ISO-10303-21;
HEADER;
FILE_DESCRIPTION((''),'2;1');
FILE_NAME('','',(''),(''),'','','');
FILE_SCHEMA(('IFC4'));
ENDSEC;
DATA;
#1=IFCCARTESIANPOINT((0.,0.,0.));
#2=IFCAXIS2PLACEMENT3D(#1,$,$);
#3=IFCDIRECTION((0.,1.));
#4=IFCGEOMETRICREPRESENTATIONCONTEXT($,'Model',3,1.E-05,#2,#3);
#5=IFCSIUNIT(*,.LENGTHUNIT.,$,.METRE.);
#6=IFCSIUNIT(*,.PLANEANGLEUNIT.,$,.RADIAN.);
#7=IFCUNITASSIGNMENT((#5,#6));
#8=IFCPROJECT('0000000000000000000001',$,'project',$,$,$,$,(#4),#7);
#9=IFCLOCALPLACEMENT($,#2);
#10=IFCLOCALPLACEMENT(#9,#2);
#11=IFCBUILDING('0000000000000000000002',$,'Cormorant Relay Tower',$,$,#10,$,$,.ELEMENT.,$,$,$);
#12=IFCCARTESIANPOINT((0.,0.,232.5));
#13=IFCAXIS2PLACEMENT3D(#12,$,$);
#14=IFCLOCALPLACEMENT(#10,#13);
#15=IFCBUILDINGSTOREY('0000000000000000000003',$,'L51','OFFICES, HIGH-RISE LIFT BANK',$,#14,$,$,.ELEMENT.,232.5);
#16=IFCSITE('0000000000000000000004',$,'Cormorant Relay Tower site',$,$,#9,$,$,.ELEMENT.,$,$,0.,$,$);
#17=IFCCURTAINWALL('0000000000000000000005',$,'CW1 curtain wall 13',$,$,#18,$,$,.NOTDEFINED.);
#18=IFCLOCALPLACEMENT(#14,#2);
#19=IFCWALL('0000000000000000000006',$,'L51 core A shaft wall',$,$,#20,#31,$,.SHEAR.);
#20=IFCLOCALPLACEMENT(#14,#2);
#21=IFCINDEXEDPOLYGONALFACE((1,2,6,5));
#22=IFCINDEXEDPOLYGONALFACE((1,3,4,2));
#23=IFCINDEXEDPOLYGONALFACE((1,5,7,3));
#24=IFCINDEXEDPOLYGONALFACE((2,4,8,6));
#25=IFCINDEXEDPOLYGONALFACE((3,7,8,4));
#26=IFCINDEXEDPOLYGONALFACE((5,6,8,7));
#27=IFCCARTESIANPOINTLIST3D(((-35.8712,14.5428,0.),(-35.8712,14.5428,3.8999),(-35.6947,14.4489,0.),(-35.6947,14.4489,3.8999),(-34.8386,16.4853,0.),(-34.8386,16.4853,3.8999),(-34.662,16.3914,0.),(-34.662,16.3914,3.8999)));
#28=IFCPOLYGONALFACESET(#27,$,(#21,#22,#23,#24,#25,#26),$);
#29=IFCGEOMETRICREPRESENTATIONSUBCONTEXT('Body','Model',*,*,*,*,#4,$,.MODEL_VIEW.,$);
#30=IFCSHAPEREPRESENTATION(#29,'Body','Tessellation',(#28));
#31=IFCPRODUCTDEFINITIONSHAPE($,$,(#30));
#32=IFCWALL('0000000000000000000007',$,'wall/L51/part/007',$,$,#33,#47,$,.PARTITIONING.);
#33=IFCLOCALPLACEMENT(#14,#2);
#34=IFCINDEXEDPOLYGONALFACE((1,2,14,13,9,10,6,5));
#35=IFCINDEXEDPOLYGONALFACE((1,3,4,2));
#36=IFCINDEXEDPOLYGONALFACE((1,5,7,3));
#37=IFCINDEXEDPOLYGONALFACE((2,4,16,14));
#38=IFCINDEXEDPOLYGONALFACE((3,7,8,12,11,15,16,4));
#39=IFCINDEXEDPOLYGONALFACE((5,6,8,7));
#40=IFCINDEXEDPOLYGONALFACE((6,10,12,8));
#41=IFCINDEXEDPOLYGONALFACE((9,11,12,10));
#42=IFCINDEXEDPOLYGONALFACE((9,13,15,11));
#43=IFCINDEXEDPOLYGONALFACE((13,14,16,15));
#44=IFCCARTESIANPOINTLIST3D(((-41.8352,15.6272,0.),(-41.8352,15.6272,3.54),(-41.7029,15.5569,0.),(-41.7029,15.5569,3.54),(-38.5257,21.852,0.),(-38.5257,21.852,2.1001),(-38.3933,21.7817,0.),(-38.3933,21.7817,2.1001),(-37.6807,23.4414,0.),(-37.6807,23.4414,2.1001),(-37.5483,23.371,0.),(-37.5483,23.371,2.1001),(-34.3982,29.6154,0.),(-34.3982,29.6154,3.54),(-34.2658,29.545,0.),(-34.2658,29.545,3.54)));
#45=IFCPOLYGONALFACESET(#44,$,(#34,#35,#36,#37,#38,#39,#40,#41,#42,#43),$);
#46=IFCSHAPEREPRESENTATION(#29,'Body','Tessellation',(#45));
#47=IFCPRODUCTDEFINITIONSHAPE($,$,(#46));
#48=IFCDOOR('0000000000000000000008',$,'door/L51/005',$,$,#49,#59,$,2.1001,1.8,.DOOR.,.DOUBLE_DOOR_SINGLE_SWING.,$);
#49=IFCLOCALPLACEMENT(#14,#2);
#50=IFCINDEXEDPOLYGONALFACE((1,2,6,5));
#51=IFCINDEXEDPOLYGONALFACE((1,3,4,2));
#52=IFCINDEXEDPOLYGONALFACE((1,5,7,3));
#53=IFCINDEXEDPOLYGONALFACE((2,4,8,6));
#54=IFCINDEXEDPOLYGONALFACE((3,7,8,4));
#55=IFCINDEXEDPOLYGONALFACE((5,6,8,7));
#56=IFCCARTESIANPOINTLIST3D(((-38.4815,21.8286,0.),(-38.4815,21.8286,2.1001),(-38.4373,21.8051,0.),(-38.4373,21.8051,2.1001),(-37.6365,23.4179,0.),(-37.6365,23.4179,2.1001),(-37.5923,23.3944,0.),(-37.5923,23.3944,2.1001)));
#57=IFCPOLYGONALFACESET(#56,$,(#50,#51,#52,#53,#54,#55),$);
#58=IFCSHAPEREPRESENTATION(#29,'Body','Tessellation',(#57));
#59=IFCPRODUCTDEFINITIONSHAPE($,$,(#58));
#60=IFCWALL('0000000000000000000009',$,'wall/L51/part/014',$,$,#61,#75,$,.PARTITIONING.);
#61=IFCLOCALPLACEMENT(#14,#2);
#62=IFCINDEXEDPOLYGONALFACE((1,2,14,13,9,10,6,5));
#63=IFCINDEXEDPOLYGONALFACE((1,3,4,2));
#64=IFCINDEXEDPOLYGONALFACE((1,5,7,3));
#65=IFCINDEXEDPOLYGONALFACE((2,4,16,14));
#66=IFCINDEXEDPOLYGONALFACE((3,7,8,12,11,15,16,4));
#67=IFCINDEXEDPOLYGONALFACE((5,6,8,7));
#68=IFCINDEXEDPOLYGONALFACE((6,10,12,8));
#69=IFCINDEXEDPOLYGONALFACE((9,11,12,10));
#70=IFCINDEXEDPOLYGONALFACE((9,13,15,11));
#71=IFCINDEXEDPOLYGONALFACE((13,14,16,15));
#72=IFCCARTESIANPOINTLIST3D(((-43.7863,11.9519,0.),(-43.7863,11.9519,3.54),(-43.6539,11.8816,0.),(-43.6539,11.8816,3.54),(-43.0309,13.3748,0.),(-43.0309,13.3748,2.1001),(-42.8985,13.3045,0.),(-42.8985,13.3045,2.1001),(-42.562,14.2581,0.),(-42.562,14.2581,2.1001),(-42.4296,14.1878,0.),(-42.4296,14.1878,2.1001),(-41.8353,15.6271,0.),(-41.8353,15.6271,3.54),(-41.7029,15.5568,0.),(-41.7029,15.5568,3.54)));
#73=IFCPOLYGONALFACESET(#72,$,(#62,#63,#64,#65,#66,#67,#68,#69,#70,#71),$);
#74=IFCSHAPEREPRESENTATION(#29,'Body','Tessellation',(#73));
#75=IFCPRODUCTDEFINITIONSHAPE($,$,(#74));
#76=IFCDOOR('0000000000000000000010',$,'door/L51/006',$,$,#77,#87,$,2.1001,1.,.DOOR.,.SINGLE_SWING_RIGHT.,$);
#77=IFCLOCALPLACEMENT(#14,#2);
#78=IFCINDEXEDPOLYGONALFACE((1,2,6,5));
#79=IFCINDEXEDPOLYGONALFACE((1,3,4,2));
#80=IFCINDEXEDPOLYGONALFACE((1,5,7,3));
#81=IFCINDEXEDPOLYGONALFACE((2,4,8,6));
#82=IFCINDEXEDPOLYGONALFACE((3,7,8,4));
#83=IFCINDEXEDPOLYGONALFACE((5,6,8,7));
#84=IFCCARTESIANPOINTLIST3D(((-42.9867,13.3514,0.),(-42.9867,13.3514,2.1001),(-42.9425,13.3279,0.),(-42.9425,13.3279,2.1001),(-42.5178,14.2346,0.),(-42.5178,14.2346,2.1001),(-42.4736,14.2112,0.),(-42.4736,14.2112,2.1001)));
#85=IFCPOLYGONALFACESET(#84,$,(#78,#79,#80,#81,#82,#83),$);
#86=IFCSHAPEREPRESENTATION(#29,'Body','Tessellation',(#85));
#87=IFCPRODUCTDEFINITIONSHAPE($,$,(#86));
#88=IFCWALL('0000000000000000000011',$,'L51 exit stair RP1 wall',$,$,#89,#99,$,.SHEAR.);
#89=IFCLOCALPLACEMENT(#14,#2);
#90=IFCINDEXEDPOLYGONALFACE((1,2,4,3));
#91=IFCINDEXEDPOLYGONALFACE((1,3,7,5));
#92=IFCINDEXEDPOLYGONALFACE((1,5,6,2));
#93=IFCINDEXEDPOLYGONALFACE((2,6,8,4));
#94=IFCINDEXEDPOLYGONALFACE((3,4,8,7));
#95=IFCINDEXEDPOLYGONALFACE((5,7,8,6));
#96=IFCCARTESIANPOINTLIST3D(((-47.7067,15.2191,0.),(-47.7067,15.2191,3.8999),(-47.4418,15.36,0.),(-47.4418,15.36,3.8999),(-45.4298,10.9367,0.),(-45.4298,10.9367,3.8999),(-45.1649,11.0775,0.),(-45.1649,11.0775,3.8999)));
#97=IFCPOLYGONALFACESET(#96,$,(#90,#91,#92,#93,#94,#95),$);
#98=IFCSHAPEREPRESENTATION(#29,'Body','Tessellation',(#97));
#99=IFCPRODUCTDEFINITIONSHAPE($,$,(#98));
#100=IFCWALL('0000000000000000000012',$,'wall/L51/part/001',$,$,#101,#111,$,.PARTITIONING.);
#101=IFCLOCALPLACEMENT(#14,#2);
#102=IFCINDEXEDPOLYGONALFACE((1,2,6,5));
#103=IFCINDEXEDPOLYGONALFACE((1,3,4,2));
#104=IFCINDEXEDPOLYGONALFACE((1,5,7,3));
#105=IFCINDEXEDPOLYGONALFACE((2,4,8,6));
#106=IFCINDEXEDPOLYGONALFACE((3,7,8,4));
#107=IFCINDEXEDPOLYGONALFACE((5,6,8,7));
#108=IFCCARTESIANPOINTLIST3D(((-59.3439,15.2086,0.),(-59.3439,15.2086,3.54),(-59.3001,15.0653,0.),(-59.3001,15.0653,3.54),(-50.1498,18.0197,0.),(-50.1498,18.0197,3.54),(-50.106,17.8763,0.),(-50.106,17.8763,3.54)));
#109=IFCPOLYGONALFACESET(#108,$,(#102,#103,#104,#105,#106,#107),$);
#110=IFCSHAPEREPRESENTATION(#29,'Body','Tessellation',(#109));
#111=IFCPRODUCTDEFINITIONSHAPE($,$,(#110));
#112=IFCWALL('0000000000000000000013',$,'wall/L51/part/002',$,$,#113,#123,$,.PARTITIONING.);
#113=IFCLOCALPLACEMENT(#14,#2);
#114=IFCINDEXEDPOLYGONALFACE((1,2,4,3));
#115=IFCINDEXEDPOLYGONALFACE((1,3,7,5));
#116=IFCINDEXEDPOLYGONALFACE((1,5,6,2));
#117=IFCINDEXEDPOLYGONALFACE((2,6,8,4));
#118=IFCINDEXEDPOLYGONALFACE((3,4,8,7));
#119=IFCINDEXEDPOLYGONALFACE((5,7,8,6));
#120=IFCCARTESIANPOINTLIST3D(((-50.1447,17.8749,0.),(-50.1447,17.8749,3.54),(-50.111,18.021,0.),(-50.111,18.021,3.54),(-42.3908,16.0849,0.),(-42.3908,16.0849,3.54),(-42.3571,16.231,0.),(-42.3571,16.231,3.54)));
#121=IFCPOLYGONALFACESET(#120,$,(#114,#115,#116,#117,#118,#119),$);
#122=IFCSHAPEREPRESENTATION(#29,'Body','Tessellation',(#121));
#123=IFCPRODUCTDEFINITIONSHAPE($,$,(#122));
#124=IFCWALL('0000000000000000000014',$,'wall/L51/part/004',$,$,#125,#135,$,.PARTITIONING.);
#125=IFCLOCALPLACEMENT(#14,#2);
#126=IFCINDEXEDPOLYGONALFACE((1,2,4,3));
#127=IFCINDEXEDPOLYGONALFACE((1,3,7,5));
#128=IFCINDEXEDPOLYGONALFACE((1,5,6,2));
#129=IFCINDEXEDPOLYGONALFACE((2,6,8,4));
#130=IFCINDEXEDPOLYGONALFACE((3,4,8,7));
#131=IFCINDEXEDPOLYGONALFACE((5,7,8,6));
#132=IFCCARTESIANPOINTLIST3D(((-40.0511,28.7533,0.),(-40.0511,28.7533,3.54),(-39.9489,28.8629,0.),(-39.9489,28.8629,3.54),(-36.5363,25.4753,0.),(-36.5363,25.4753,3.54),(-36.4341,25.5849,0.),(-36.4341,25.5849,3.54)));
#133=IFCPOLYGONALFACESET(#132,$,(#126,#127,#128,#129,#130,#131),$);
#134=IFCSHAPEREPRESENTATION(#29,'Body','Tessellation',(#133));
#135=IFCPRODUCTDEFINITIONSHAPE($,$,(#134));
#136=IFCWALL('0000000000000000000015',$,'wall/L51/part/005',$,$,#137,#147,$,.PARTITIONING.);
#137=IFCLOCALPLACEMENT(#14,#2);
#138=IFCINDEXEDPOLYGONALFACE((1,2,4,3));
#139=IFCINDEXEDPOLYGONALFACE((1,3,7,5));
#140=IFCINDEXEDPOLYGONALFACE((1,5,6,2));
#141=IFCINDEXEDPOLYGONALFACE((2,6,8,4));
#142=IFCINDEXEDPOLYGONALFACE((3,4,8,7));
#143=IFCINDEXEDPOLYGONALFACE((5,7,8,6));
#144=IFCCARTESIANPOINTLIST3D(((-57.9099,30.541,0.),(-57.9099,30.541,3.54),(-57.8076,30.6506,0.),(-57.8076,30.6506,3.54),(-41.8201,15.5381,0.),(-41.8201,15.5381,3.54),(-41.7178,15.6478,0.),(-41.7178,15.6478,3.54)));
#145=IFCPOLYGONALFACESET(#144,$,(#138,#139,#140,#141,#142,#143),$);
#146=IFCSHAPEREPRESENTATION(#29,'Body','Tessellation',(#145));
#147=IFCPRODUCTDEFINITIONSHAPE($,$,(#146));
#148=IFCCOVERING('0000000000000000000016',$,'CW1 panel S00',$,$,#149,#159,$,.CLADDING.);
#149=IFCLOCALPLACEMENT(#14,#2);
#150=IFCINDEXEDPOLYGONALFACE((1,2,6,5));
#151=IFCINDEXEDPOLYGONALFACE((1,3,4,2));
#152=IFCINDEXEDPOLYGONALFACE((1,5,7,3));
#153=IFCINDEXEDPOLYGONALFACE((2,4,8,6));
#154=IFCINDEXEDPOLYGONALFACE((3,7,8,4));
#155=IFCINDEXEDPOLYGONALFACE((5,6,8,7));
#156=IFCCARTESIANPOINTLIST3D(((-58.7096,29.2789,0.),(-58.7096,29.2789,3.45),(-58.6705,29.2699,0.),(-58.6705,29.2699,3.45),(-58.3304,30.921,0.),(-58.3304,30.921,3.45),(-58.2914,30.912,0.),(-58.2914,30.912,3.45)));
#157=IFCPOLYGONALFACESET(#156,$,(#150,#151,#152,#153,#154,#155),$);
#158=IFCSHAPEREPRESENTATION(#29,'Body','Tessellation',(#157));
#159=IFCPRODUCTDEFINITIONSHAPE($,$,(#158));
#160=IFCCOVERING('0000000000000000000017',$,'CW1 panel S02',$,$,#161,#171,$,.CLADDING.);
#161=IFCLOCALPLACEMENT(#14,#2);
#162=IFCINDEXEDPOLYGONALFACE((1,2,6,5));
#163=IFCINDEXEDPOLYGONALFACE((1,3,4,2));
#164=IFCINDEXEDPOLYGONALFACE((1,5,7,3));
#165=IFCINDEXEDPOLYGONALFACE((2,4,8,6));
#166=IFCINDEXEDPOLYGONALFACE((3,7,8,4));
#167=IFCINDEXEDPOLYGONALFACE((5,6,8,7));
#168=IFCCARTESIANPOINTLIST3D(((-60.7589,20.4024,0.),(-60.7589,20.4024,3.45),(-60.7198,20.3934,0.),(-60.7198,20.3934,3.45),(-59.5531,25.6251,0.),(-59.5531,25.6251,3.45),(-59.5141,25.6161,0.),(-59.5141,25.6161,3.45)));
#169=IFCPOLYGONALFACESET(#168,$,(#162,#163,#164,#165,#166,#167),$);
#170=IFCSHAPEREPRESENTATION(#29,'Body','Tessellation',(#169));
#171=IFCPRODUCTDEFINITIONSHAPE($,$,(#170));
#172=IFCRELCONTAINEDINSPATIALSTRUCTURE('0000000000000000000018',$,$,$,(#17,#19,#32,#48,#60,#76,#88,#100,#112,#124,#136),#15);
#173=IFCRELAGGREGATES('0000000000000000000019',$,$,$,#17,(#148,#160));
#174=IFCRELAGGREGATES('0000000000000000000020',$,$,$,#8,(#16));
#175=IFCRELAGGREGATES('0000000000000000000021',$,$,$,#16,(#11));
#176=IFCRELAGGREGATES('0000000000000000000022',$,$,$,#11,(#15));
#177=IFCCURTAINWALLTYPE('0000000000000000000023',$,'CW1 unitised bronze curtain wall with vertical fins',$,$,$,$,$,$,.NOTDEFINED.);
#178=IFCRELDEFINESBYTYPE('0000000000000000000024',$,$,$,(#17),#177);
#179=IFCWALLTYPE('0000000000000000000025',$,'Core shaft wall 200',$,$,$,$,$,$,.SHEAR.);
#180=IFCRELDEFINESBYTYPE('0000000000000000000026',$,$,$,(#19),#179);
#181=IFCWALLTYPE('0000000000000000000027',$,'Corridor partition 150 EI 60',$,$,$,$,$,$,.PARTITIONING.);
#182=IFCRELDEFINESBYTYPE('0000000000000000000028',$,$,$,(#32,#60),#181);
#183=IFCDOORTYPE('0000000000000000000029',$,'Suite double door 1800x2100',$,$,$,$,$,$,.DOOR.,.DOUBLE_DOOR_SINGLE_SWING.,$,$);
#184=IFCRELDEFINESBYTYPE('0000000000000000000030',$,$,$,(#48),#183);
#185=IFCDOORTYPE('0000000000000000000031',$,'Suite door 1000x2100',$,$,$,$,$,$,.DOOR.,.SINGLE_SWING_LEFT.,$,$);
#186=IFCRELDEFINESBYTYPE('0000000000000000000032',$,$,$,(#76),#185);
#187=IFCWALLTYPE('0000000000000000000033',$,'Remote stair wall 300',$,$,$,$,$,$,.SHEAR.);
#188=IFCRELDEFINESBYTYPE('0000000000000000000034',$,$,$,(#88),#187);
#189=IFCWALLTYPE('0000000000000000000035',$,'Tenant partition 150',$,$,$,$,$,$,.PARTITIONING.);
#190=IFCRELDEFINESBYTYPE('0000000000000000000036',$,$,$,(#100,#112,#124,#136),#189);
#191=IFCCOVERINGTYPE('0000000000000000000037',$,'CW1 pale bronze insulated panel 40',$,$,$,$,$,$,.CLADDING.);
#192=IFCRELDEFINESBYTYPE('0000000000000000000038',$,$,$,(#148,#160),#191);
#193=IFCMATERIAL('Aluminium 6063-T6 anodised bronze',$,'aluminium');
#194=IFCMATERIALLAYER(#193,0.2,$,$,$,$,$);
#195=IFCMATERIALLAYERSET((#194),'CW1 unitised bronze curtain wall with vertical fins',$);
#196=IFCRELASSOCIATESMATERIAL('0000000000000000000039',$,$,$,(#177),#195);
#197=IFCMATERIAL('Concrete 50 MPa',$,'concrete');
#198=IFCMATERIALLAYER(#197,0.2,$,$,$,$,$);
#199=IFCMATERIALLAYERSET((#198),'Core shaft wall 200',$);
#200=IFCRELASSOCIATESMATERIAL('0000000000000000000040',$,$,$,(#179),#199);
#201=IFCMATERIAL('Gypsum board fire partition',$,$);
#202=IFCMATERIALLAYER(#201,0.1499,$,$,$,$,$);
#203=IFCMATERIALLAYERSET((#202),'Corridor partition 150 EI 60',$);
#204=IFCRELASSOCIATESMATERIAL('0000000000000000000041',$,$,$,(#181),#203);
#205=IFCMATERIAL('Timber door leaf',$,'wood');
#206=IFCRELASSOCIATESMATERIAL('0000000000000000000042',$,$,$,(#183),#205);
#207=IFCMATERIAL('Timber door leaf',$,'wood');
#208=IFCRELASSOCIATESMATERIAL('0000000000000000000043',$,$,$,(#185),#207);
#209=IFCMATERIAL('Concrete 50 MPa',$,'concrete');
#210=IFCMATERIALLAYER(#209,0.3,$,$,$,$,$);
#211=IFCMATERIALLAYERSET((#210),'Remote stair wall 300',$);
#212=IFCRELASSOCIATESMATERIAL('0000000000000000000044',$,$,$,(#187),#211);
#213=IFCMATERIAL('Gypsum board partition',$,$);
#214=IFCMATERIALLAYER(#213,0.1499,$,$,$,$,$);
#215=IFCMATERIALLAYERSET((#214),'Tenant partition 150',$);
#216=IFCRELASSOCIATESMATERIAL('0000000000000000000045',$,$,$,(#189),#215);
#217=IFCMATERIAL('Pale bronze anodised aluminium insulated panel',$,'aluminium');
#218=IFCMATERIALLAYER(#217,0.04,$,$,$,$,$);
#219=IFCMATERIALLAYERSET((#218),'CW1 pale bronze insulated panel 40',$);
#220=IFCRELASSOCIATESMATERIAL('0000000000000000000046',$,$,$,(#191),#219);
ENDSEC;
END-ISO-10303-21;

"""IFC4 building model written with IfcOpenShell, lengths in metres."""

from ifc_helpers import new_model, si_unit, direction, frame, frame_2d, origin, origin_2d, place, context, subcontext, project, spatial, rectangle, extrude, material, layer, layer_set, type_object, element, fill, aggregate, save


model = new_model("IFC4")

# Units and contexts
model_context = context("Model", 3, precision=1e-05, world=origin(), true_north=direction((0.0, 1.0)))
body_context = subcontext(model_context, "Body", "Model", "MODEL_VIEW")
ifc_project = project(units=[si_unit("LENGTHUNIT", "METRE"), si_unit("PLANEANGLEUNIT", "RADIAN")], contexts=[model_context])

# Site, building, storey
site_placement = place(None, origin())
site = spatial("IfcSite", under=ifc_project, at=site_placement, Name="Cormorant Relay Tower site", CompositionType="ELEMENT", RefElevation=0.0)
building_placement = place(site_placement, origin())
building = spatial("IfcBuilding", under=site, at=building_placement, Name="Cormorant Relay Tower", CompositionType="ELEMENT")
storey_placement = place(building_placement, frame((0.0, 0.0, 232.5)))
storey = spatial("IfcBuildingStorey", under=building, at=storey_placement, Name="L51", Description="OFFICES, HIGH-RISE LIFT BANK", CompositionType="ELEMENT", Elevation=232.5)

# Curtain wall
ifc_material_1 = material(Name="Aluminium 6063-T6 anodised bronze", Category="aluminium")
ifc_layer_1 = layer(ifc_material_1, 0.2)
ifc_layer_set_1 = layer_set([ifc_layer_1], Name="CW1 unitised bronze curtain wall with vertical fins")
curtain_wall_type = type_object("IfcCurtainWallType", Name="CW1 unitised bronze curtain wall with vertical fins", PredefinedType="NOTDEFINED", material=ifc_layer_set_1)
curtain_wall_1_placement = place(storey_placement, origin())
curtain_wall_1 = element("IfcCurtainWall", 1, at=curtain_wall_1_placement, inside=storey, type_object=curtain_wall_type, Name="CW1 curtain wall 13", PredefinedType="NOTDEFINED")

# Wall
ifc_material_2 = material(Name="Concrete 50 MPa", Category="concrete")
ifc_layer_2 = layer(ifc_material_2, 0.2)
ifc_layer_set_2 = layer_set([ifc_layer_2], Name="Core shaft wall 200")
wall_type_1 = type_object("IfcWallType", Name="Core shaft wall 200", PredefinedType="SHEAR", material=ifc_layer_set_2)
wall_1_placement = place(storey_placement, frame((-34.7502, 16.4385, 0.0), z_axis=(0.0, 0.0, 1.0), x_axis=(-0.469401, -0.882985, 0.0)))
element("IfcWall", 2, at=wall_1_placement, inside=storey, type_object=wall_type_1, Name="L51 core A shaft wall", PredefinedType="SHEAR", context=body_context, shape_type="SweptSolid", body=[
    extrude(rectangle(XDim=2.2, YDim=0.2, at=frame_2d((1.1001, 0.0))), origin(), (0.0, 0.0, 1.0), 3.8999),
])

# Walls, openings, doors
ifc_material_3 = material(Name="Gypsum board fire partition")
ifc_layer_3 = layer(ifc_material_3, 0.1499)
ifc_layer_set_3 = layer_set([ifc_layer_3], Name="Corridor partition 150 EI 60")
wall_type_2 = type_object("IfcWallType", Name="Corridor partition 150 EI 60", PredefinedType="PARTITIONING", material=ifc_layer_set_3)
wall_2_placement = place(storey_placement, frame((-41.769, 15.592, 0.0), z_axis=(0.0, 0.0, 1.0), x_axis=(0.469444, 0.882962, 0.0)))
wall_2 = element("IfcWall", 3, at=wall_2_placement, inside=storey, type_object=wall_type_2, Name="wall/L51/part/007", PredefinedType="PARTITIONING", context=body_context, shape_type="SweptSolid", body=[
    extrude(rectangle(XDim=15.8423, YDim=0.1499, at=frame_2d((7.9211, 0.0))), origin(), (0.0, 0.0, 1.0), 3.54),
])
opening_1_placement = place(wall_2_placement, frame((7.05, 0.0, 0.0)))
opening_1 = element("IfcOpeningElement", 4, at=opening_1_placement, cuts=wall_2, PredefinedType="OPENING", context=body_context, shape_type="SweptSolid", body=[
    extrude(rectangle(XDim=1.8, YDim=2.1001, at=frame_2d((0.8999, 1.05))), frame((0.0, 0.085, 0.0), z_axis=(0.0, -1.0, 0.0), x_axis=(1.0, 0.0, 0.0)), (0.0, 0.0, 1.0), 0.1699),
])
ifc_material_4 = material(Name="Timber door leaf", Category="wood")
door_type_1 = type_object("IfcDoorType", Name="Suite double door 1800x2100", OperationType="DOUBLE_DOOR_SINGLE_SWING", PredefinedType="DOOR", material=ifc_material_4)
door_1_placement = place(opening_1_placement, origin())
door_1 = element("IfcDoor", 5, at=door_1_placement, inside=storey, type_object=door_type_1, Name="door/L51/005", OperationType="DOUBLE_DOOR_SINGLE_SWING", OverallHeight=2.1001, OverallWidth=1.8, PredefinedType="DOOR", context=body_context, shape_type="SweptSolid", body=[
    extrude(rectangle(XDim=1.8, YDim=2.1001, at=frame_2d((0.8999, 1.05))), frame((0.0, 0.0249, 0.0), z_axis=(0.0, -1.0, 0.0), x_axis=(1.0, 0.0, 0.0)), (0.0, 0.0, 1.0), 0.05),
])
fill(opening_1, door_1)
wall_3_placement = place(storey_placement, frame((-41.769, 15.592, 0.0), z_axis=(0.0, 0.0, 1.0), x_axis=(-0.468885, -0.883259, 0.0)))
wall_3 = element("IfcWall", 6, at=wall_3_placement, inside=storey, type_object=wall_type_2, Name="wall/L51/part/014", PredefinedType="PARTITIONING", context=body_context, shape_type="SweptSolid", body=[
    extrude(rectangle(XDim=4.1609, YDim=0.1499, at=frame_2d((2.0806, 0.0))), origin(), (0.0, 0.0, 1.0), 3.54),
])
opening_2_placement = place(wall_3_placement, frame((1.55, 0.0, 0.0)))
opening_2 = element("IfcOpeningElement", 7, at=opening_2_placement, cuts=wall_3, PredefinedType="OPENING", context=body_context, shape_type="SweptSolid", body=[
    extrude(rectangle(XDim=1.0, YDim=2.1001, at=frame_2d((0.5, 1.05))), frame((0.0, 0.085, 0.0), z_axis=(0.0, -1.0, 0.0), x_axis=(1.0, 0.0, 0.0)), (0.0, 0.0, 1.0), 0.1699),
])
ifc_material_5 = material(Name="Timber door leaf", Category="wood")
door_type_2 = type_object("IfcDoorType", Name="Suite door 1000x2100", OperationType="SINGLE_SWING_LEFT", PredefinedType="DOOR", material=ifc_material_5)
door_2_placement = place(opening_2_placement, frame((1.0, 0.0, 0.0), z_axis=(0.0, 0.0, 1.0), x_axis=(-1.0, 0.0, 0.0)))
door_2 = element("IfcDoor", 8, at=door_2_placement, inside=storey, type_object=door_type_2, Name="door/L51/006", OperationType="SINGLE_SWING_RIGHT", OverallHeight=2.1001, OverallWidth=1.0, PredefinedType="DOOR", context=body_context, shape_type="SweptSolid", body=[
    extrude(rectangle(XDim=1.0, YDim=2.1001, at=frame_2d((0.5, 1.05))), frame((0.0, 0.0249, 0.0), z_axis=(0.0, -1.0, 0.0), x_axis=(1.0, 0.0, 0.0)), (0.0, 0.0, 1.0), 0.05),
])
fill(opening_2, door_2)

# Walls
ifc_material_6 = material(Name="Concrete 50 MPa", Category="concrete")
ifc_layer_4 = layer(ifc_material_6, 0.3)
ifc_layer_set_4 = layer_set([ifc_layer_4], Name="Remote stair wall 300")
wall_type_3 = type_object("IfcWallType", Name="Remote stair wall 300", PredefinedType="SHEAR", material=ifc_layer_set_4)
wall_4_placement = place(storey_placement, frame((-47.5742, 15.2896, 0.0), z_axis=(0.0, 0.0, 1.0), x_axis=(0.469443, -0.882963, 0.0)))
element("IfcWall", 9, at=wall_4_placement, inside=storey, type_object=wall_type_3, Name="L51 exit stair RP1 wall", PredefinedType="SHEAR", context=body_context, shape_type="SweptSolid", body=[
    extrude(rectangle(XDim=4.8501, YDim=0.3, at=frame_2d((2.425, 0.0))), origin(), (0.0, 0.0, 1.0), 3.8999),
])
ifc_material_7 = material(Name="Gypsum board partition")
ifc_layer_5 = layer(ifc_material_7, 0.1499)
ifc_layer_set_5 = layer_set([ifc_layer_5], Name="Tenant partition 150")
wall_type_4 = type_object("IfcWallType", Name="Tenant partition 150", PredefinedType="PARTITIONING", material=ifc_layer_set_5)
wall_5_placement = place(storey_placement, frame((-59.322, 15.137, 0.0), z_axis=(0.0, 0.0, 1.0), x_axis=(0.956301, 0.292383, 0.0)))
element("IfcWall", 10, at=wall_5_placement, inside=storey, type_object=wall_type_4, Name="wall/L51/part/001", PredefinedType="PARTITIONING", context=body_context, shape_type="SweptSolid", body=[
    extrude(rectangle(XDim=9.6143, YDim=0.1499, at=frame_2d((4.8071, 0.0))), origin(), (0.0, 0.0, 1.0), 3.54),
])
wall_6_placement = place(storey_placement, frame((-50.1279, 17.948, 0.0), z_axis=(0.0, 0.0, 1.0), x_axis=(0.974373, -0.22494, 0.0)))
element("IfcWall", 11, at=wall_6_placement, inside=storey, type_object=wall_type_4, Name="wall/L51/part/002", PredefinedType="PARTITIONING", context=body_context, shape_type="SweptSolid", body=[
    extrude(rectangle(XDim=7.9578, YDim=0.1499, at=frame_2d((3.979, 0.0))), origin(), (0.0, 0.0, 1.0), 3.54),
])
wall_7_placement = place(storey_placement, frame((-40.0, 28.8081, 0.0), z_axis=(0.0, 0.0, 1.0), x_axis=(0.731314, -0.682041, 0.0)))
element("IfcWall", 12, at=wall_7_placement, inside=storey, type_object=wall_type_4, Name="wall/L51/part/004", PredefinedType="PARTITIONING", context=body_context, shape_type="SweptSolid", body=[
    extrude(rectangle(XDim=4.8062, YDim=0.1499, at=frame_2d((2.4031, 0.0))), origin(), (0.0, 0.0, 1.0), 3.54),
])
wall_8_placement = place(storey_placement, frame((-41.769, 15.593, 0.0), z_axis=(0.0, 0.0, 1.0), x_axis=(-0.731378, 0.681972, 0.0)))
element("IfcWall", 13, at=wall_8_placement, inside=storey, type_object=wall_type_4, Name="wall/L51/part/005", PredefinedType="PARTITIONING", context=body_context, shape_type="SweptSolid", body=[
    extrude(rectangle(XDim=21.9993, YDim=0.1499, at=frame_2d((10.9995, 0.0))), origin(), (0.0, 0.0, 1.0), 3.54),
])

# Coverings
ifc_material_8 = material(Name="Pale bronze anodised aluminium insulated panel", Category="aluminium")
ifc_layer_6 = layer(ifc_material_8, 0.04)
ifc_layer_set_6 = layer_set([ifc_layer_6], Name="CW1 pale bronze insulated panel 40")
covering_type = type_object("IfcCoveringType", Name="CW1 pale bronze insulated panel 40", PredefinedType="CLADDING", material=ifc_layer_set_6)
covering_1_placement = place(storey_placement, frame((-58.5005, 30.0955, 0.0), z_axis=(0.0, 0.0, 1.0), x_axis=(-0.224951, -0.97437, 0.0)))
covering_1 = element("IfcCovering", 14, at=covering_1_placement, type_object=covering_type, Name="CW1 panel S00", PredefinedType="CLADDING", context=body_context, shape_type="SweptSolid", body=[
    extrude(rectangle(XDim=1.6853, YDim=0.04, at=origin_2d()), origin(), (0.0, 0.0, 1.0), 3.45),
])
covering_2_placement = place(storey_placement, frame((-60.1365, 23.0093, 0.0), z_axis=(0.0, 0.0, 1.0), x_axis=(-0.224951, -0.97437, 0.0)))
covering_2 = element("IfcCovering", 15, at=covering_2_placement, type_object=covering_type, Name="CW1 panel S02", PredefinedType="CLADDING", context=body_context, shape_type="SweptSolid", body=[
    extrude(rectangle(XDim=5.3601, YDim=0.04, at=origin_2d()), origin(), (0.0, 0.0, 1.0), 3.45),
])
aggregate(curtain_wall_1, [covering_1, covering_2])

save(model, "model.ifc")
